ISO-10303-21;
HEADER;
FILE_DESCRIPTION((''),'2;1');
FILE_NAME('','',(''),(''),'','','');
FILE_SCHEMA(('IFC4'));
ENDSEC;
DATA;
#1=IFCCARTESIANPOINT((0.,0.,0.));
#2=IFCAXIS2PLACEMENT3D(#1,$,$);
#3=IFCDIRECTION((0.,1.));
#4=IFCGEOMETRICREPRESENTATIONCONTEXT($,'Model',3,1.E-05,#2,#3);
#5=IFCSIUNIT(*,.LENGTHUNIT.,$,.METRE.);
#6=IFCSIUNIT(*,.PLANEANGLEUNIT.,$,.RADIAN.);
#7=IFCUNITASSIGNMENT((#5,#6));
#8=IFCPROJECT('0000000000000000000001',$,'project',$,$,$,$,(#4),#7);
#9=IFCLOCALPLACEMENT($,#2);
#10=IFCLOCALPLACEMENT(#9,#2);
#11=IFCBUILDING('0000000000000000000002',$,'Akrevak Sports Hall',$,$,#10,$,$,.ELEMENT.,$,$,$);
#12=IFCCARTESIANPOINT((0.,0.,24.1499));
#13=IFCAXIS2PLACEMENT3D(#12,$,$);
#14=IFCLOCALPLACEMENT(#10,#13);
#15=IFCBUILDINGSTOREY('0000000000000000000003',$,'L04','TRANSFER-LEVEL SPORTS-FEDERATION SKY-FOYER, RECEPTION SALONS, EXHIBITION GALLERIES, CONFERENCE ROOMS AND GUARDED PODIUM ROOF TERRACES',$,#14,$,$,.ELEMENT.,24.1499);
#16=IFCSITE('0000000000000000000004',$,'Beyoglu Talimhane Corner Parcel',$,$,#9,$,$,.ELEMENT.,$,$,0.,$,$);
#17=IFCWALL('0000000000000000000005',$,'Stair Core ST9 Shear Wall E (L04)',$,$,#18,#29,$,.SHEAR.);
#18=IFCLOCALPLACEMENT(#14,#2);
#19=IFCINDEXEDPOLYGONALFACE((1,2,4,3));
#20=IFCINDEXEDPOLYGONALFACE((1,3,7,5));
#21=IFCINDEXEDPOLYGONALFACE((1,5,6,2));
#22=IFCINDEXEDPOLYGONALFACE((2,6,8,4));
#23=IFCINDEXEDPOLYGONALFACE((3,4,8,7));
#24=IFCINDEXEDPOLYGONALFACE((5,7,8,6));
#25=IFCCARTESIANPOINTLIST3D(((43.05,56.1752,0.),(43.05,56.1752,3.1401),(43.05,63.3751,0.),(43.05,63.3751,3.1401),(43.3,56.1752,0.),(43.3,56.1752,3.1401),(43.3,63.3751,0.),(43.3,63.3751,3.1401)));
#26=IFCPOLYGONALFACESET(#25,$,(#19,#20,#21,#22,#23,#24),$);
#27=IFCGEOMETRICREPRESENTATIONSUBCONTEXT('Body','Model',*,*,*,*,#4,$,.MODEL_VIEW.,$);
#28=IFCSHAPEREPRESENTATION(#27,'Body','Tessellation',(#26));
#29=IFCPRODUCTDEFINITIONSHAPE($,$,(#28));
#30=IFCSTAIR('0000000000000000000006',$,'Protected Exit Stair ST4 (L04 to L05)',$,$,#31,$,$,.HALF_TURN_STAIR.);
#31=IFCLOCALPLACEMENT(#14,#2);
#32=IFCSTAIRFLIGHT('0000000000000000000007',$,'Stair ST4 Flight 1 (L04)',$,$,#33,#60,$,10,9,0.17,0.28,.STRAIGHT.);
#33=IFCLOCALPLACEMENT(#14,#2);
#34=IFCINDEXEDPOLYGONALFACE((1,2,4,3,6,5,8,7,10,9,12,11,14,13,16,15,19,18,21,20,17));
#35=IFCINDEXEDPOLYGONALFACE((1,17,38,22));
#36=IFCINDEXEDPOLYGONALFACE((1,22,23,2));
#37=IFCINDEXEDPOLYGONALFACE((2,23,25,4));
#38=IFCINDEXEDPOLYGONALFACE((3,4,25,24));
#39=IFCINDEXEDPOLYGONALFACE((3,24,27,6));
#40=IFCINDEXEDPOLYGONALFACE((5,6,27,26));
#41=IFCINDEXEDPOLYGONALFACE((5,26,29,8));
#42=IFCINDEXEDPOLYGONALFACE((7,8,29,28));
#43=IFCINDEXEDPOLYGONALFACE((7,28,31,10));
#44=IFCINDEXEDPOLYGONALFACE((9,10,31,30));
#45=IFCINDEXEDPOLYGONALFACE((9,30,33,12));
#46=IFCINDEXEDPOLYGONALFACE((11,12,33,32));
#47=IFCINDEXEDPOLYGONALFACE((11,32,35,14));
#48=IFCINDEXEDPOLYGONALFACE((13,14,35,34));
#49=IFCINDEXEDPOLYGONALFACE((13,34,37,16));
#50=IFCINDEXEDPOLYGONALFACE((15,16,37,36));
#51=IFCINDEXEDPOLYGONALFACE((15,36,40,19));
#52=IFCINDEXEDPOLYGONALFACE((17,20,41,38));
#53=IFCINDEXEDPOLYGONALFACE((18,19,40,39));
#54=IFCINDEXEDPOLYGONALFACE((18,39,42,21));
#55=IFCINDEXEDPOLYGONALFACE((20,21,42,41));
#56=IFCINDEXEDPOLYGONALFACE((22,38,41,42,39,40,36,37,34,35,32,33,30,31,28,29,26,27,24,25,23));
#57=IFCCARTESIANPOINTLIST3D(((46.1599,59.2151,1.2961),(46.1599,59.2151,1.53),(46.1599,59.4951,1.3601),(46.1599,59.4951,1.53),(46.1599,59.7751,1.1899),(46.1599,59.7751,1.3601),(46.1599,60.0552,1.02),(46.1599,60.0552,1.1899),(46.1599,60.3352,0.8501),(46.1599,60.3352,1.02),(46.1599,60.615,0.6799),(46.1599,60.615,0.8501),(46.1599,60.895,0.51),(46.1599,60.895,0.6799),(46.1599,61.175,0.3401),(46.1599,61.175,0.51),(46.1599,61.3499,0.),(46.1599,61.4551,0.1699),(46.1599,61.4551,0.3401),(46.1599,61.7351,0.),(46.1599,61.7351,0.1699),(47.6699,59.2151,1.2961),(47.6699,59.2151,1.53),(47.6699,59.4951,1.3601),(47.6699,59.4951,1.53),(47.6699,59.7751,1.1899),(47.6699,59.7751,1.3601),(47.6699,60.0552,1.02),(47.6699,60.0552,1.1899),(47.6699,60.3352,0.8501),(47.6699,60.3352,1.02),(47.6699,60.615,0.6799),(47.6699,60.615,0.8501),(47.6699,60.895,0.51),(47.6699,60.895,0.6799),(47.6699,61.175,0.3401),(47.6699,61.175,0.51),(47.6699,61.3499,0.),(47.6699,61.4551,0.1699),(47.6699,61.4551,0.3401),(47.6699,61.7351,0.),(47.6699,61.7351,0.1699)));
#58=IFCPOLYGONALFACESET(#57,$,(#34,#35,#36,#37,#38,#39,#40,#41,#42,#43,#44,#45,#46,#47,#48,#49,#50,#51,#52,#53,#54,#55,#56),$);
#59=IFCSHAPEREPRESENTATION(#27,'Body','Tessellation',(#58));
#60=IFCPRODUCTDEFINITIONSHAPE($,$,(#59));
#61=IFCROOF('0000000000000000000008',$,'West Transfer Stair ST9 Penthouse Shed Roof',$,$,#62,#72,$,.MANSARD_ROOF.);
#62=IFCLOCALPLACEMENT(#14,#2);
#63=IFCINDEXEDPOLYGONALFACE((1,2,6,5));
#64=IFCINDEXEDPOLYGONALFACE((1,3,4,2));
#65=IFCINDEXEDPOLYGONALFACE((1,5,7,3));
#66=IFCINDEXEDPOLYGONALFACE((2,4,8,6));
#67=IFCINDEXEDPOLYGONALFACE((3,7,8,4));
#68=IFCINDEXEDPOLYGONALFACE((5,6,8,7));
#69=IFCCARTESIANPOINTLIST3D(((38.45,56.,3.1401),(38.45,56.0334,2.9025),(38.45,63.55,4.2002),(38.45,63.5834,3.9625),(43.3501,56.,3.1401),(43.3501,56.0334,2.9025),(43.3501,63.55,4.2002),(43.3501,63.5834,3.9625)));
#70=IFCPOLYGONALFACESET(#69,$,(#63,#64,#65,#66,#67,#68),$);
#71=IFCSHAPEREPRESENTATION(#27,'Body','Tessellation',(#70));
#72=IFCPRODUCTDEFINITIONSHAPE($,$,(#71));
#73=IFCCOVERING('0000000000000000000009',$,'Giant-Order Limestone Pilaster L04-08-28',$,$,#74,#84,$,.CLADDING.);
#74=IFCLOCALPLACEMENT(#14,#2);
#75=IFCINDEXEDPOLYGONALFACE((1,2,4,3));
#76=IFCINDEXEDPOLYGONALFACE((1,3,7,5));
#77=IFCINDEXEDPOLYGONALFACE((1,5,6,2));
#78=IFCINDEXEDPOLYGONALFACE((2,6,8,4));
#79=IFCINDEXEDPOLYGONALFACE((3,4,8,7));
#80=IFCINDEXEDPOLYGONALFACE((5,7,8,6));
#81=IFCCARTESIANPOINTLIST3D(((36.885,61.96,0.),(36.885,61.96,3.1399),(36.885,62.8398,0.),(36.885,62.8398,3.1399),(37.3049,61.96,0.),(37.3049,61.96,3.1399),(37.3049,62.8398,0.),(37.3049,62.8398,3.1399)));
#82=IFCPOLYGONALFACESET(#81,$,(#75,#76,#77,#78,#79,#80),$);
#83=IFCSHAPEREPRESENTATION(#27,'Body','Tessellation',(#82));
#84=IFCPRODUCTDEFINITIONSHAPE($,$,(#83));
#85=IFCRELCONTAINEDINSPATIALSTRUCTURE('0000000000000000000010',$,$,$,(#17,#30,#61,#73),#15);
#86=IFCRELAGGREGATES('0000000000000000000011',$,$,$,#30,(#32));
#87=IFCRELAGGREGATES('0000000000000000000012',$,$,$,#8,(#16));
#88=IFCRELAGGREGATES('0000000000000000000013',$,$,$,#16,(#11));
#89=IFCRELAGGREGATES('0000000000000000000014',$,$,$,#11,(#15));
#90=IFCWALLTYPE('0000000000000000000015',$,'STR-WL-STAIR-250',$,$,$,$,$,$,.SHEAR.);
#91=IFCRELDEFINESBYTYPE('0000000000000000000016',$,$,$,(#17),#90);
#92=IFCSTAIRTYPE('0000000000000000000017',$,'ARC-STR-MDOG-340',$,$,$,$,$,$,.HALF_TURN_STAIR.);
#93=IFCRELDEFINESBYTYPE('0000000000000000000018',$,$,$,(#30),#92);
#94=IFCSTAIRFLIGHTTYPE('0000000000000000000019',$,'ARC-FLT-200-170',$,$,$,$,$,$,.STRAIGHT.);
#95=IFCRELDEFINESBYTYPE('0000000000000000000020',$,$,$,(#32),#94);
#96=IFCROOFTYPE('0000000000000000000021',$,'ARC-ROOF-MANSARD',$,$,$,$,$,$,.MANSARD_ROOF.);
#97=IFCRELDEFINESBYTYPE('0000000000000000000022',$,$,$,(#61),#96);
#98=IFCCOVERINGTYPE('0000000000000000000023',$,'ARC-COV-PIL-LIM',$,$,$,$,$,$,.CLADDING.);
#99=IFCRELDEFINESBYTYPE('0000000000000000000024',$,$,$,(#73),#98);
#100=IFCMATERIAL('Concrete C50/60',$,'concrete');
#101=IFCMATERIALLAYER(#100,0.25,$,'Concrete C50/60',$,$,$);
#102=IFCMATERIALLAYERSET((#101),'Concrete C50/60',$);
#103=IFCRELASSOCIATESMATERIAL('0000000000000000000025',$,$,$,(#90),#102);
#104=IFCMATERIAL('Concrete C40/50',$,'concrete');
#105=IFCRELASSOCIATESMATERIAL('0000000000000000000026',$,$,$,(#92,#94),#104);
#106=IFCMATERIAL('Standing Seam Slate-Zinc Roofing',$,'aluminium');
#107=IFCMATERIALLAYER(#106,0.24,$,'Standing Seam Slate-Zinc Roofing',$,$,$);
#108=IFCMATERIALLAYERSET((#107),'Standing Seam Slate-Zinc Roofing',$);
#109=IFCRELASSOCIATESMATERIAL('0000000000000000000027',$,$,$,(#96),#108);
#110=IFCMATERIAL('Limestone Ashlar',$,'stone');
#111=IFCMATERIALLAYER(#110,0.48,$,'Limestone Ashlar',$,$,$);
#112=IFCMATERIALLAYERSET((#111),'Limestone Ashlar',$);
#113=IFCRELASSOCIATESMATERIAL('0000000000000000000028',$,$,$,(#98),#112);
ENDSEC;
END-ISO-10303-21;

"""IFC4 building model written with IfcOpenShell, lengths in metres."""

from ifc_helpers import new_model, si_unit, direction, frame, frame_2d, origin, origin_2d, place, context, subcontext, project, spatial, polyline, rectangle, outline, extrude, material, layer, layer_set, type_object, element, aggregate, save


model = new_model("IFC4")

# Units and contexts
model_context = context("Model", 3, precision=1e-05, world=origin(), true_north=direction((0.0, 1.0)))
body_context = subcontext(model_context, "Body", "Model", "MODEL_VIEW")
ifc_project = project(units=[si_unit("LENGTHUNIT", "METRE"), si_unit("PLANEANGLEUNIT", "RADIAN")], contexts=[model_context])

# Site, building, storey
site_placement = place(None, origin())
site = spatial("IfcSite", under=ifc_project, at=site_placement, Name="Beyoglu Talimhane Corner Parcel", CompositionType="ELEMENT", RefElevation=0.0)
building_placement = place(site_placement, origin())
building = spatial("IfcBuilding", under=site, at=building_placement, Name="Akrevak Sports Hall", CompositionType="ELEMENT")
storey_placement = place(building_placement, frame((0.0, 0.0, 24.1499)))
storey = spatial("IfcBuildingStorey", under=building, at=storey_placement, Name="L04", Description="TRANSFER-LEVEL SPORTS-FEDERATION SKY-FOYER, RECEPTION SALONS, EXHIBITION GALLERIES, CONFERENCE ROOMS AND GUARDED PODIUM ROOF TERRACES", CompositionType="ELEMENT", Elevation=24.1499)

# Shared definitions
ifc_material_1 = material(Name="Concrete C50/60", Category="concrete")
ifc_material_2 = material(Name="Concrete C40/50", Category="concrete")

# Shared definitions
ifc_material_3 = material(Name="Limestone Ashlar", Category="stone")

# Wall
ifc_layer_1 = layer(ifc_material_1, 0.25, Name="Concrete C50/60")
ifc_layer_set_1 = layer_set([ifc_layer_1], Name="Concrete C50/60")
wall_type_1 = type_object("IfcWallType", Name="STR-WL-STAIR-250", PredefinedType="SHEAR", material=ifc_layer_set_1)
wall_1_placement = place(storey_placement, frame((43.175, 56.175, 0.0), z_axis=(0.0, 0.0, 1.0), x_axis=(0.0, 1.0, 0.0)))
element("IfcWall", 1, at=wall_1_placement, inside=storey, type_object=wall_type_1, Name="Stair Core ST9 Shear Wall E (L04)", PredefinedType="SHEAR", context=body_context, shape_type="SweptSolid", body=[
    extrude(rectangle(XDim=7.2, YDim=0.25, at=frame_2d((3.6001, 0.0))), origin(), (0.0, 0.0, 1.0), 3.1401),
])

# Stair, stair flight
stair_type = type_object("IfcStairType", Name="ARC-STR-MDOG-340", PredefinedType="HALF_TURN_STAIR", material=ifc_material_2)
stair_placement = place(storey_placement, origin())
stair = element("IfcStair", 2, at=stair_placement, inside=storey, type_object=stair_type, Name="Protected Exit Stair ST4 (L04 to L05)", PredefinedType="HALF_TURN_STAIR")
stair_flight_type = type_object("IfcStairFlightType", Name="ARC-FLT-200-170", PredefinedType="STRAIGHT", material=ifc_material_2)
stair_flight_placement = place(storey_placement, frame((46.915, 61.7351, 0.0), z_axis=(0.0, 0.0, 1.0), x_axis=(0.0, -1.0, 0.0)))
stair_flight = element("IfcStairFlight", 3, at=stair_flight_placement, type_object=stair_flight_type, Name="Stair ST4 Flight 1 (L04)", NumberOfRisers=10, NumberOfTreads=9, PredefinedType="STRAIGHT", RiserHeight=0.17, TreadLength=0.28, context=body_context, shape_type="SweptSolid", body=[
    extrude(outline(polyline([(0.0, 0.0), (0.0, 0.1699), (0.28, 0.1699), (0.28, 0.3401), (0.5601, 0.3401), (0.5601, 0.51), (0.8401, 0.51), (0.8401, 0.6799), (1.1201, 0.6799), (1.1201, 0.8501), (1.3999, 0.8501), (1.3999, 1.02), (1.6799, 1.02), (1.6799, 1.1899), (1.96, 1.1899), (1.96, 1.3601), (2.24, 1.3601), (2.24, 1.53), (2.52, 1.53), (2.52, 1.7), (2.52, 1.2961), (0.3853, 0.0), (0.0, 0.0)])), frame((0.0, 0.7549, 0.0), z_axis=(0.0, -1.0, 0.0), x_axis=(1.0, 0.0, 0.0)), (0.0, 0.0, 1.0), 1.51),
])
aggregate(stair, [stair_flight])

# Roof
ifc_material_4 = material(Name="Standing Seam Slate-Zinc Roofing", Category="aluminium")
ifc_layer_2 = layer(ifc_material_4, 0.24, Name="Standing Seam Slate-Zinc Roofing")
ifc_layer_set_2 = layer_set([ifc_layer_2], Name="Standing Seam Slate-Zinc Roofing")
roof_type = type_object("IfcRoofType", Name="ARC-ROOF-MANSARD", PredefinedType="MANSARD_ROOF", material=ifc_layer_set_2)
roof_placement = place(storey_placement, frame((38.45, 56.0, 3.1401), z_axis=(0.0, -0.13904, 0.990287), x_axis=(1.0, 0.0, 0.0)))
element("IfcRoof", 4, at=roof_placement, inside=storey, type_object=roof_type, Name="West Transfer Stair ST9 Penthouse Shed Roof", PredefinedType="MANSARD_ROOF", context=body_context, shape_type="SweptSolid", body=[
    extrude(outline(polyline([(0.0, 0.0), (4.9001, 0.0), (4.9001, 7.6241), (0.0, 7.6241), (0.0, 0.0)])), origin(), (0.0, 0.0, -1.0), 0.24),
])

# Covering
ifc_layer_3 = layer(ifc_material_3, 0.48, Name="Limestone Ashlar")
ifc_layer_set_3 = layer_set([ifc_layer_3], Name="Limestone Ashlar")
covering_type = type_object("IfcCoveringType", Name="ARC-COV-PIL-LIM", PredefinedType="CLADDING", material=ifc_layer_set_3)
covering_placement = place(storey_placement, frame((37.095, 62.3999, 0.0), z_axis=(0.0, 0.0, 1.0), x_axis=(0.0, -1.0, 0.0)))
element("IfcCovering", 5, at=covering_placement, inside=storey, type_object=covering_type, Name="Giant-Order Limestone Pilaster L04-08-28", PredefinedType="CLADDING", context=body_context, shape_type="SweptSolid", body=[
    extrude(rectangle(XDim=0.8799, YDim=0.4199, at=origin_2d()), origin(), (0.0, 0.0, 1.0), 3.1399),
])

save(model, "model.ifc")
